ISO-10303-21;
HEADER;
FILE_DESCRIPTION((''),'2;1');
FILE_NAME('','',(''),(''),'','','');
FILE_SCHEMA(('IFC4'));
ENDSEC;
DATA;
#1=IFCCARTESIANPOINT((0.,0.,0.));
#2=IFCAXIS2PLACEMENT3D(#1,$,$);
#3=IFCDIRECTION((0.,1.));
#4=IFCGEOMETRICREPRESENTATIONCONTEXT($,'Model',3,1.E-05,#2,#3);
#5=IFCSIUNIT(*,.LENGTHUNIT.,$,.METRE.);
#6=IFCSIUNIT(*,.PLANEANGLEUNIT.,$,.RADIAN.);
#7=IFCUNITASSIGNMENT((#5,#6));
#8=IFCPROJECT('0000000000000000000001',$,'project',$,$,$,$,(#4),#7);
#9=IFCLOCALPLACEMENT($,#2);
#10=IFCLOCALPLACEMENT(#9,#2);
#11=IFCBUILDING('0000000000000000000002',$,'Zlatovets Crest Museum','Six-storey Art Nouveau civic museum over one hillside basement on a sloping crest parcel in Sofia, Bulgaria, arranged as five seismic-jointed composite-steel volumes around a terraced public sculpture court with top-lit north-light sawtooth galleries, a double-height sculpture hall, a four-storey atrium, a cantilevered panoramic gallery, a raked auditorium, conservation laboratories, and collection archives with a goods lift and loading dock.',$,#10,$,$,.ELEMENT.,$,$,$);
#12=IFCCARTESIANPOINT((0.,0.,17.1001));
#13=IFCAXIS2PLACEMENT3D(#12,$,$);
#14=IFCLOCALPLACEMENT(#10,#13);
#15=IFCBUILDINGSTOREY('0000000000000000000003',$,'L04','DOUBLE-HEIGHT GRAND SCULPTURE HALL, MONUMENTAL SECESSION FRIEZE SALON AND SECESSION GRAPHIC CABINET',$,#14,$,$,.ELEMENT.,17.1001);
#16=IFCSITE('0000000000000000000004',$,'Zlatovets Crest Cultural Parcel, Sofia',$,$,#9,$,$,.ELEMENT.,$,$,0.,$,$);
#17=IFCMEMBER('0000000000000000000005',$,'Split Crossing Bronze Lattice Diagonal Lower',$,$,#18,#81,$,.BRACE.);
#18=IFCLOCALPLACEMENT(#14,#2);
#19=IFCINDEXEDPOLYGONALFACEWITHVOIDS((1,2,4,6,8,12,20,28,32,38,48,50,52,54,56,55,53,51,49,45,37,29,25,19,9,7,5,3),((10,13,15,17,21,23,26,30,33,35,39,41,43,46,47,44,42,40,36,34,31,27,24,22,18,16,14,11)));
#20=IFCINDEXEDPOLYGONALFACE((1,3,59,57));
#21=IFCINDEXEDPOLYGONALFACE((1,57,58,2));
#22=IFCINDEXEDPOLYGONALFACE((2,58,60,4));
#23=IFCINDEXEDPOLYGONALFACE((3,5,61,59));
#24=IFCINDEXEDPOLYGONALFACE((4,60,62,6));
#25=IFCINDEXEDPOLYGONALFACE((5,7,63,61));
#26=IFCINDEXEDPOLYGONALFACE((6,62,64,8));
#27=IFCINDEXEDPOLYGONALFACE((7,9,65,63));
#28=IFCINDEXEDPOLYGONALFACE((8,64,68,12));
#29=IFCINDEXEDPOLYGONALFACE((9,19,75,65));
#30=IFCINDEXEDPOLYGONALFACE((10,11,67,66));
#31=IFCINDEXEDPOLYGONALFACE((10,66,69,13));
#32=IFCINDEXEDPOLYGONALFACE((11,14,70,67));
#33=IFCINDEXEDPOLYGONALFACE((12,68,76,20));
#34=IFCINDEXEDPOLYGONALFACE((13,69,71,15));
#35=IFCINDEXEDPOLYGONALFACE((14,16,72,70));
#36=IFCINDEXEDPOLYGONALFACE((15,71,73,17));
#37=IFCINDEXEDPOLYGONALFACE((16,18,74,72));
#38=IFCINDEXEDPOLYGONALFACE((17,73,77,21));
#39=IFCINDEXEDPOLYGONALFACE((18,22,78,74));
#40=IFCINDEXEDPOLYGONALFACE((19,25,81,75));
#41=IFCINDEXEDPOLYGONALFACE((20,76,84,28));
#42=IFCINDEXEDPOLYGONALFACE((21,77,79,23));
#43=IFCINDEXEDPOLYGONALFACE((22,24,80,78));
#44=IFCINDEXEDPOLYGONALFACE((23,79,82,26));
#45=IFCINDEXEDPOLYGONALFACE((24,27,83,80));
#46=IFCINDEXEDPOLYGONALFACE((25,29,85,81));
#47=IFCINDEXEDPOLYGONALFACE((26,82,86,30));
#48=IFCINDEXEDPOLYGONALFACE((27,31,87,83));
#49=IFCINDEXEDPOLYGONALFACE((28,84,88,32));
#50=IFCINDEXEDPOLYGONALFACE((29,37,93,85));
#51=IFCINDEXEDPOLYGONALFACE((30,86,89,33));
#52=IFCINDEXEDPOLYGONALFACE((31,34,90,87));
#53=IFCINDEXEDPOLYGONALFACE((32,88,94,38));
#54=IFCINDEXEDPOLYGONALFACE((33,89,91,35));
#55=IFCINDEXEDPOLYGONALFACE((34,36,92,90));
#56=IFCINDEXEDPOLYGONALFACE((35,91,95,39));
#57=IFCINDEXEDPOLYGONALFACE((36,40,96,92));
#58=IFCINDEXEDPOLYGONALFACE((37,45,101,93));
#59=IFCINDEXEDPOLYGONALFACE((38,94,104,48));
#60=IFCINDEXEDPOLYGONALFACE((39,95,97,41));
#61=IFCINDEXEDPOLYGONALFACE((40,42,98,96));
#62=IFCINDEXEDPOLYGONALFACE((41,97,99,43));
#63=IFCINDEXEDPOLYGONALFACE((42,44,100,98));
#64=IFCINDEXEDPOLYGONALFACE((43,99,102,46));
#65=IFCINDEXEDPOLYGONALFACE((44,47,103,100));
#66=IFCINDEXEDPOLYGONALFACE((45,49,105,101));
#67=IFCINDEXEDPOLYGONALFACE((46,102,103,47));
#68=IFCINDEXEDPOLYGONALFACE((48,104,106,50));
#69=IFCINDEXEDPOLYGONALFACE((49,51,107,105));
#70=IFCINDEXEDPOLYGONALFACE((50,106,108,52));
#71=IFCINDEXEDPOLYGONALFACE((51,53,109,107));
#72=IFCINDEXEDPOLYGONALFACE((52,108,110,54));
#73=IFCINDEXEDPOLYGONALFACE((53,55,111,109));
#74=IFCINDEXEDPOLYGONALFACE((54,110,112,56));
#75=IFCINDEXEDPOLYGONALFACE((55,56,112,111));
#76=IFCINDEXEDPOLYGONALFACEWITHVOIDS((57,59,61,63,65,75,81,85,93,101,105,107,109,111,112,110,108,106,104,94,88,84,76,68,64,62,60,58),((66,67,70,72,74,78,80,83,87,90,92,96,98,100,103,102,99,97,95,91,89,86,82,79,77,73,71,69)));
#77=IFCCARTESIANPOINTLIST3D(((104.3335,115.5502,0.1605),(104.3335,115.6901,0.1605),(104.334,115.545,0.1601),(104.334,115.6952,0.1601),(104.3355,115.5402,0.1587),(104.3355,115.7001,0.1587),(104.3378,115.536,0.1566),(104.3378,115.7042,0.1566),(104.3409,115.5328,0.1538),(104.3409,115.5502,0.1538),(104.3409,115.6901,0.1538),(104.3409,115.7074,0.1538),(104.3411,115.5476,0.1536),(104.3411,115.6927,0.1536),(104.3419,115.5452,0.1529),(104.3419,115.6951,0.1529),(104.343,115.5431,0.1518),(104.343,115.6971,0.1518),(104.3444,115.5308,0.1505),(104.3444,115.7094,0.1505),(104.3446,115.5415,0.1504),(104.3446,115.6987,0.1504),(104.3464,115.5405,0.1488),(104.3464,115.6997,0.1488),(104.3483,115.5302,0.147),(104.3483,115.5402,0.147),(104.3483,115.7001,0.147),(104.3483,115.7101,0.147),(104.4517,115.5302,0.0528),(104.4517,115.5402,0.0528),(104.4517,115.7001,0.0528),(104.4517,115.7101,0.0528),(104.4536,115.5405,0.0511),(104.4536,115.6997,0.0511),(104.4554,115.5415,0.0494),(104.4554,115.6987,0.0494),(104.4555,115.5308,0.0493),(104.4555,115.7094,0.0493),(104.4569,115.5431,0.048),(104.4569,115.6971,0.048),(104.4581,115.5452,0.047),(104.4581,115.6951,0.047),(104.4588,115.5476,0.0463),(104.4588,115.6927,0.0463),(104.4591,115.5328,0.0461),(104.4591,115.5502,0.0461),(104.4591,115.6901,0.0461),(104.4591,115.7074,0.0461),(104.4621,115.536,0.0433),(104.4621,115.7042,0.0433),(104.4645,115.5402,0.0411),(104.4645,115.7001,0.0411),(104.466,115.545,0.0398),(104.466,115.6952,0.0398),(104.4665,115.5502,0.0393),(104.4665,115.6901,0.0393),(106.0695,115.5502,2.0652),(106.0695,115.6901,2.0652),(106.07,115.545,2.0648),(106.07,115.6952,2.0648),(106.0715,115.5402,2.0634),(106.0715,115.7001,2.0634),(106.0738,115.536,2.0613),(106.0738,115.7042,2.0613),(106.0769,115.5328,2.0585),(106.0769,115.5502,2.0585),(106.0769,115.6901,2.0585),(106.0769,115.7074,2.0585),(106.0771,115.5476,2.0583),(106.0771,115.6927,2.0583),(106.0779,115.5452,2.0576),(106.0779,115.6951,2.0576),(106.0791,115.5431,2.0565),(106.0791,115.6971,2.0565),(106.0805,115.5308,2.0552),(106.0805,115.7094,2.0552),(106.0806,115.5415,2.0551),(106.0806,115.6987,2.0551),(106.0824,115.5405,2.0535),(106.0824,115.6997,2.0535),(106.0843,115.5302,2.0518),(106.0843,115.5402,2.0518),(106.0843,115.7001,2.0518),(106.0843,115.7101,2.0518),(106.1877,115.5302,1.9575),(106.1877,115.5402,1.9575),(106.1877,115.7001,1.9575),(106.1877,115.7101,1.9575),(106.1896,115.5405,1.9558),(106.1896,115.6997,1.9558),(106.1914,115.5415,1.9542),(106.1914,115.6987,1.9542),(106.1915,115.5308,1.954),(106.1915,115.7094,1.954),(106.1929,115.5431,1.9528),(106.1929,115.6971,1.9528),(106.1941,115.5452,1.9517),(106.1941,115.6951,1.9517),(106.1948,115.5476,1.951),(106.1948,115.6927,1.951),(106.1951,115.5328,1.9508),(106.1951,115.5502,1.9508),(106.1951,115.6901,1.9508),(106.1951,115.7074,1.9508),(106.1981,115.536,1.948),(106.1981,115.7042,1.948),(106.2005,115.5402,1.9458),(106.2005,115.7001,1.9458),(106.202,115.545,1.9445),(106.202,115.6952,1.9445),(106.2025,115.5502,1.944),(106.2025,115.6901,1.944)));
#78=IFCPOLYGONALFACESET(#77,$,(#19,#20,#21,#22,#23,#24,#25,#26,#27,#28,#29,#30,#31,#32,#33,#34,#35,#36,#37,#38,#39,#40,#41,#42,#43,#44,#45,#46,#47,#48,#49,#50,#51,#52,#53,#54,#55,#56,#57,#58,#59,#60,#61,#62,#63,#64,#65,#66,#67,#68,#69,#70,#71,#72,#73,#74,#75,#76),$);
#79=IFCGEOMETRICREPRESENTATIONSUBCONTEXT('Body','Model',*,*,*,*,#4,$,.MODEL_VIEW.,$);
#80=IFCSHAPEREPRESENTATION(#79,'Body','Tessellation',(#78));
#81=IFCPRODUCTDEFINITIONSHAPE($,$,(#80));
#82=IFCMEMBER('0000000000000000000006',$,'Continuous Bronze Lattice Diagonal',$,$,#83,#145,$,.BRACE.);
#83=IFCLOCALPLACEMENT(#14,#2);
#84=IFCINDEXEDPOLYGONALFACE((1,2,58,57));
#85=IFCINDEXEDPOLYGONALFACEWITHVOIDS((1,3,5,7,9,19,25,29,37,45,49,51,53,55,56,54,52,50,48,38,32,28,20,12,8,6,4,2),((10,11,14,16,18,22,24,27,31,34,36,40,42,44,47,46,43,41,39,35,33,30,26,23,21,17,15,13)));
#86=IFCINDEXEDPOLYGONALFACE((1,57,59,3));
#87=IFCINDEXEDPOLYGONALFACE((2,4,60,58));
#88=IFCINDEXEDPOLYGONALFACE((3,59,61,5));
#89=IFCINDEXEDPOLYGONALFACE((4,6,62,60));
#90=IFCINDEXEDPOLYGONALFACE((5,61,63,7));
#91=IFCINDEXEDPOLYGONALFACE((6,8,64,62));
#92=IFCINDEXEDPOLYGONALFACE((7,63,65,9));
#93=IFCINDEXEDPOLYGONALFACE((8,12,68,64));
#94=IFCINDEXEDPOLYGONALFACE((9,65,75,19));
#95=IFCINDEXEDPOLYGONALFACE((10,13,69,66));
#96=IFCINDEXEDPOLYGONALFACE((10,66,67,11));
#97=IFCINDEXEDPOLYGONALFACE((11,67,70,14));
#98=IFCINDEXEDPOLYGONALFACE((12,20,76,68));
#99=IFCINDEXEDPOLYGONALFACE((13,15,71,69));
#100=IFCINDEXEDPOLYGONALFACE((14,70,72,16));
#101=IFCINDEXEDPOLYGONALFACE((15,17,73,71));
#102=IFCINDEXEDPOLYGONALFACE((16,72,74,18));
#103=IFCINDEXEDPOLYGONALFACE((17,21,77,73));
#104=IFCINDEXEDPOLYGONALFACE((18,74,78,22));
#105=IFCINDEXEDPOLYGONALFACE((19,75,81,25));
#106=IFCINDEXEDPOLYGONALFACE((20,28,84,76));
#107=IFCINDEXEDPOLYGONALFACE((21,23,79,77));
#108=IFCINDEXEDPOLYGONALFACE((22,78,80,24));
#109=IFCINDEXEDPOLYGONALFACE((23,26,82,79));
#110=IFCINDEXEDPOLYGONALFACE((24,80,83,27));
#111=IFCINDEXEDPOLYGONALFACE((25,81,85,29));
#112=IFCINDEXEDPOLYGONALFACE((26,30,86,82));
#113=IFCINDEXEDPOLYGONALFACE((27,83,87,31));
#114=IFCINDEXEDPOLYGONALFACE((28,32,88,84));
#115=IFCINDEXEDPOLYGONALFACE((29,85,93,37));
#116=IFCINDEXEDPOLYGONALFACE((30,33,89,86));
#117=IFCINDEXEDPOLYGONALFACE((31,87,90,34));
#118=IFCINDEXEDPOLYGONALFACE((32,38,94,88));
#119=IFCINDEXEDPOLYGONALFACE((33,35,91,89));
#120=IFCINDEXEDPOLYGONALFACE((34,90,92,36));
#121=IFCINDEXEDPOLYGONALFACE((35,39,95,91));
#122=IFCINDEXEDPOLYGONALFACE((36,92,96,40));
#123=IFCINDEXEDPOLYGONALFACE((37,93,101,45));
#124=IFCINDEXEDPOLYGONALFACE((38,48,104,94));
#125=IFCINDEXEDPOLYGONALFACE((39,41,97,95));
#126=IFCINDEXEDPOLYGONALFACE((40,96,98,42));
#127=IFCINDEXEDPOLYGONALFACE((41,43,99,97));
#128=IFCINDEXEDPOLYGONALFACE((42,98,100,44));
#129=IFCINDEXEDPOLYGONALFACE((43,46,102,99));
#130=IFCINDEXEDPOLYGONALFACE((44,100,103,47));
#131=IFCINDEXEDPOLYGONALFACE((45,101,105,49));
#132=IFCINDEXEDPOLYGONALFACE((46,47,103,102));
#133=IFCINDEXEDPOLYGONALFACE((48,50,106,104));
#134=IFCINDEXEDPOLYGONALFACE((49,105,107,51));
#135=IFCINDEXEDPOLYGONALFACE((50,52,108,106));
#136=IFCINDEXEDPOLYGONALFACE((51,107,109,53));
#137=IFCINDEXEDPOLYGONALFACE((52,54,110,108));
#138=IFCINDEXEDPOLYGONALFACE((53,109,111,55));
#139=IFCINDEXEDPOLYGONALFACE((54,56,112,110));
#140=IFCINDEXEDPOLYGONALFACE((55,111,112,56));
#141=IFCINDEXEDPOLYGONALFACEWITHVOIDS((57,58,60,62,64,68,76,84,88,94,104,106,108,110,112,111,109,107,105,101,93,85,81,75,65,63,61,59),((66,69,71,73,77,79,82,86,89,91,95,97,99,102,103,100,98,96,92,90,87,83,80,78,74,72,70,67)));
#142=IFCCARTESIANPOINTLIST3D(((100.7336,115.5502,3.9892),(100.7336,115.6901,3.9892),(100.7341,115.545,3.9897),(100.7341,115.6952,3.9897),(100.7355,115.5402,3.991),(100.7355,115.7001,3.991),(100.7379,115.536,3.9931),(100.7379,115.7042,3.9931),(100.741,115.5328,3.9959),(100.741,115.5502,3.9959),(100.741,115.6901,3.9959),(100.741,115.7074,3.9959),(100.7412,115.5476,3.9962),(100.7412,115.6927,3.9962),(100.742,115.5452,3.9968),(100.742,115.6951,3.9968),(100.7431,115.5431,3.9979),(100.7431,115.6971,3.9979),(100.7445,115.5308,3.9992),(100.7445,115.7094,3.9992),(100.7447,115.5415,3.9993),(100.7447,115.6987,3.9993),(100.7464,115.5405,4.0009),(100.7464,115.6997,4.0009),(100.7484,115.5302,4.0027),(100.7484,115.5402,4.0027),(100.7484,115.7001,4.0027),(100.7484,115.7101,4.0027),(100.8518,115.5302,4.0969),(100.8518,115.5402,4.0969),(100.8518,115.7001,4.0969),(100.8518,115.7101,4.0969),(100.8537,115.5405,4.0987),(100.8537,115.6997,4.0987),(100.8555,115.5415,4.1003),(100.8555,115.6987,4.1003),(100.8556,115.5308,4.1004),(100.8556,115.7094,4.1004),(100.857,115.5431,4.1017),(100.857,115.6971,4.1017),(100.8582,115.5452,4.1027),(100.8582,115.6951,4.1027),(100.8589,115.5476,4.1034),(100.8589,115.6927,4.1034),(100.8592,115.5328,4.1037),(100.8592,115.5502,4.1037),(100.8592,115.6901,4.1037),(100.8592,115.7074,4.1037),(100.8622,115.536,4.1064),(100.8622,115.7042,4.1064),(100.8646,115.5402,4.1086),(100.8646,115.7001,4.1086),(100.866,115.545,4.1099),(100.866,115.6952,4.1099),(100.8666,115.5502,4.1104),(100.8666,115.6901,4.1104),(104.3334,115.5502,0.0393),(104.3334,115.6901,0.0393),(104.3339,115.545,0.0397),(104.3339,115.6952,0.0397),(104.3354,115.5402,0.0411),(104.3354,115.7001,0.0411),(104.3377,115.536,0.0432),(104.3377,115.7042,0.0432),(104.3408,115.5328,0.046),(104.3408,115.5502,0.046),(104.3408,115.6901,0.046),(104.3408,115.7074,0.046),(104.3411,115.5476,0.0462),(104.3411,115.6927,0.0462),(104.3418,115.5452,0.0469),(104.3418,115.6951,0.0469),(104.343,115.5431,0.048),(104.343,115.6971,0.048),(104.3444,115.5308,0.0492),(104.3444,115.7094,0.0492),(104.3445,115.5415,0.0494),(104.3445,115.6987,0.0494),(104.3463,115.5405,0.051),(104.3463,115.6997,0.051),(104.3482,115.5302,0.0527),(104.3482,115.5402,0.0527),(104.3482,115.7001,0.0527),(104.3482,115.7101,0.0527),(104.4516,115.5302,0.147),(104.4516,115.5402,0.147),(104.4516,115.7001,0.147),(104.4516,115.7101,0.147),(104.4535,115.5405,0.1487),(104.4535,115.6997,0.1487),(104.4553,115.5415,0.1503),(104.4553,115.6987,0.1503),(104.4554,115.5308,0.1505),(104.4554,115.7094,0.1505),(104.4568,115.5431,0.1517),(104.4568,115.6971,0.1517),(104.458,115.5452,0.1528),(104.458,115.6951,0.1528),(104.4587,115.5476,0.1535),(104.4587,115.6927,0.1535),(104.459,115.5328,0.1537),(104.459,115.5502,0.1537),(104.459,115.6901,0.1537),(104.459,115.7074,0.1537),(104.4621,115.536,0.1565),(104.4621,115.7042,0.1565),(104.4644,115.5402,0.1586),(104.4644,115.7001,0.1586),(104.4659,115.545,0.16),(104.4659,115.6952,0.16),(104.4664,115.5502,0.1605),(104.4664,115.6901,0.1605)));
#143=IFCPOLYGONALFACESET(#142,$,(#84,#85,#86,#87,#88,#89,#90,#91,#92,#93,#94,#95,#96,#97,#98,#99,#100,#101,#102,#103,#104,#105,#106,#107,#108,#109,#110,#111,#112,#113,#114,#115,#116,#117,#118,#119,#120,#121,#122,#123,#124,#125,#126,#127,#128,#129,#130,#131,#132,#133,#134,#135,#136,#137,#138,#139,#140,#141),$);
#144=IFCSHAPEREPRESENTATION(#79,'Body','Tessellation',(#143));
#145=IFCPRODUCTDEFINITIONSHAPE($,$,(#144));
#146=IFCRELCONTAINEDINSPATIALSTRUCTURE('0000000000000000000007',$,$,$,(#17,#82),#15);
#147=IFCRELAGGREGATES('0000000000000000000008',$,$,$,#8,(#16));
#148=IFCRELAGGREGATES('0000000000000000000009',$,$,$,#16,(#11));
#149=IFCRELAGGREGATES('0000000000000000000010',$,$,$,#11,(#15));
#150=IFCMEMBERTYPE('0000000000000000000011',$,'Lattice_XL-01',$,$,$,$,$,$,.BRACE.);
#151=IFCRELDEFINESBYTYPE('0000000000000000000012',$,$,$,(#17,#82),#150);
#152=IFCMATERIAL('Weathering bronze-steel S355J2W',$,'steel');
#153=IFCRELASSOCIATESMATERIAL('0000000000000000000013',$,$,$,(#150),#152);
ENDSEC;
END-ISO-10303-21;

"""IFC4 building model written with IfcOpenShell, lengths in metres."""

from ifc_helpers import new_model, si_unit, direction, frame, origin, origin_2d, place, context, subcontext, project, spatial, hollow_rectangle, extrude, material, material_profile, profile_set, type_object, element, save


model = new_model("IFC4")

# Units and contexts
model_context = context("Model", 3, precision=1e-05, world=origin(), true_north=direction((0.0, 1.0)))
body_context = subcontext(model_context, "Body", "Model", "MODEL_VIEW")
ifc_project = project(units=[si_unit("LENGTHUNIT", "METRE"), si_unit("PLANEANGLEUNIT", "RADIAN")], contexts=[model_context])

# Site, building, storey
site_placement = place(None, origin())
site = spatial("IfcSite", under=ifc_project, at=site_placement, Name="Zlatovets Crest Cultural Parcel, Sofia", CompositionType="ELEMENT", RefElevation=0.0)
building_placement = place(site_placement, origin())
building = spatial("IfcBuilding", under=site, at=building_placement, Name="Zlatovets Crest Museum", Description="Six-storey Art Nouveau civic museum over one hillside basement on a sloping crest parcel in Sofia, Bulgaria, arranged as five seismic-jointed composite-steel volumes around a terraced public sculpture court with top-lit north-light sawtooth galleries, a double-height sculpture hall, a four-storey atrium, a cantilevered panoramic gallery, a raked auditorium, conservation laboratories, and collection archives with a goods lift and loading dock.", CompositionType="ELEMENT")
storey_placement = place(building_placement, frame((0.0, 0.0, 17.1001)))
storey = spatial("IfcBuildingStorey", under=building, at=storey_placement, Name="L04", Description="DOUBLE-HEIGHT GRAND SCULPTURE HALL, MONUMENTAL SECESSION FRIEZE SALON AND SECESSION GRAPHIC CABINET", CompositionType="ELEMENT", Elevation=17.1001)

# Members
ifc_material_1 = material(Name="Weathering bronze-steel S355J2W", Category="steel")
ifc_material_profile_1 = material_profile(ifc_material_1, hollow_rectangle(XDim=0.1799, YDim=0.1799, WallThickness=0.01, InnerFilletRadius=0.01, OuterFilletRadius=0.02, at=origin_2d()), Name="SHS 180x180x10.0")
ifc_profile_set_1 = profile_set([ifc_material_profile_1], Name="Weathering bronze-steel S355J2W")
member_type_1 = type_object("IfcMemberType", Name="Lattice_XL-01", PredefinedType="BRACE", material=ifc_profile_set_1)
member_1_placement = place(storey_placement, frame((106.136, 115.6201, 2.0046), z_axis=(-0.67362, 0.0, -0.739078), x_axis=(0.0, -1.0, 0.0)))
element("IfcMember", 1, at=member_1_placement, inside=storey, type_object=member_type_1, Name="Split Crossing Bronze Lattice Diagonal Lower", PredefinedType="BRACE", context=body_context, shape_type="SweptSolid", body=[
    extrude(hollow_rectangle(XDim=0.1799, YDim=0.1799, WallThickness=0.01, InnerFilletRadius=0.01, OuterFilletRadius=0.02, at=origin_2d()), origin(), (0.0, 0.0, 1.0), 2.5771),
])
member_2_placement = place(storey_placement, frame((104.3999, 115.6201, 0.0999), z_axis=(-0.673593, 0.0, 0.739102), x_axis=(0.0, -1.0, 0.0)))
element("IfcMember", 2, at=member_2_placement, inside=storey, type_object=member_type_1, Name="Continuous Bronze Lattice Diagonal", PredefinedType="BRACE", context=body_context, shape_type="SweptSolid", body=[
    extrude(hollow_rectangle(XDim=0.1799, YDim=0.1799, WallThickness=0.01, InnerFilletRadius=0.01, OuterFilletRadius=0.02, at=origin_2d()), origin(), (0.0, 0.0, 1.0), 5.3442),
])

save(model, "model.ifc")
